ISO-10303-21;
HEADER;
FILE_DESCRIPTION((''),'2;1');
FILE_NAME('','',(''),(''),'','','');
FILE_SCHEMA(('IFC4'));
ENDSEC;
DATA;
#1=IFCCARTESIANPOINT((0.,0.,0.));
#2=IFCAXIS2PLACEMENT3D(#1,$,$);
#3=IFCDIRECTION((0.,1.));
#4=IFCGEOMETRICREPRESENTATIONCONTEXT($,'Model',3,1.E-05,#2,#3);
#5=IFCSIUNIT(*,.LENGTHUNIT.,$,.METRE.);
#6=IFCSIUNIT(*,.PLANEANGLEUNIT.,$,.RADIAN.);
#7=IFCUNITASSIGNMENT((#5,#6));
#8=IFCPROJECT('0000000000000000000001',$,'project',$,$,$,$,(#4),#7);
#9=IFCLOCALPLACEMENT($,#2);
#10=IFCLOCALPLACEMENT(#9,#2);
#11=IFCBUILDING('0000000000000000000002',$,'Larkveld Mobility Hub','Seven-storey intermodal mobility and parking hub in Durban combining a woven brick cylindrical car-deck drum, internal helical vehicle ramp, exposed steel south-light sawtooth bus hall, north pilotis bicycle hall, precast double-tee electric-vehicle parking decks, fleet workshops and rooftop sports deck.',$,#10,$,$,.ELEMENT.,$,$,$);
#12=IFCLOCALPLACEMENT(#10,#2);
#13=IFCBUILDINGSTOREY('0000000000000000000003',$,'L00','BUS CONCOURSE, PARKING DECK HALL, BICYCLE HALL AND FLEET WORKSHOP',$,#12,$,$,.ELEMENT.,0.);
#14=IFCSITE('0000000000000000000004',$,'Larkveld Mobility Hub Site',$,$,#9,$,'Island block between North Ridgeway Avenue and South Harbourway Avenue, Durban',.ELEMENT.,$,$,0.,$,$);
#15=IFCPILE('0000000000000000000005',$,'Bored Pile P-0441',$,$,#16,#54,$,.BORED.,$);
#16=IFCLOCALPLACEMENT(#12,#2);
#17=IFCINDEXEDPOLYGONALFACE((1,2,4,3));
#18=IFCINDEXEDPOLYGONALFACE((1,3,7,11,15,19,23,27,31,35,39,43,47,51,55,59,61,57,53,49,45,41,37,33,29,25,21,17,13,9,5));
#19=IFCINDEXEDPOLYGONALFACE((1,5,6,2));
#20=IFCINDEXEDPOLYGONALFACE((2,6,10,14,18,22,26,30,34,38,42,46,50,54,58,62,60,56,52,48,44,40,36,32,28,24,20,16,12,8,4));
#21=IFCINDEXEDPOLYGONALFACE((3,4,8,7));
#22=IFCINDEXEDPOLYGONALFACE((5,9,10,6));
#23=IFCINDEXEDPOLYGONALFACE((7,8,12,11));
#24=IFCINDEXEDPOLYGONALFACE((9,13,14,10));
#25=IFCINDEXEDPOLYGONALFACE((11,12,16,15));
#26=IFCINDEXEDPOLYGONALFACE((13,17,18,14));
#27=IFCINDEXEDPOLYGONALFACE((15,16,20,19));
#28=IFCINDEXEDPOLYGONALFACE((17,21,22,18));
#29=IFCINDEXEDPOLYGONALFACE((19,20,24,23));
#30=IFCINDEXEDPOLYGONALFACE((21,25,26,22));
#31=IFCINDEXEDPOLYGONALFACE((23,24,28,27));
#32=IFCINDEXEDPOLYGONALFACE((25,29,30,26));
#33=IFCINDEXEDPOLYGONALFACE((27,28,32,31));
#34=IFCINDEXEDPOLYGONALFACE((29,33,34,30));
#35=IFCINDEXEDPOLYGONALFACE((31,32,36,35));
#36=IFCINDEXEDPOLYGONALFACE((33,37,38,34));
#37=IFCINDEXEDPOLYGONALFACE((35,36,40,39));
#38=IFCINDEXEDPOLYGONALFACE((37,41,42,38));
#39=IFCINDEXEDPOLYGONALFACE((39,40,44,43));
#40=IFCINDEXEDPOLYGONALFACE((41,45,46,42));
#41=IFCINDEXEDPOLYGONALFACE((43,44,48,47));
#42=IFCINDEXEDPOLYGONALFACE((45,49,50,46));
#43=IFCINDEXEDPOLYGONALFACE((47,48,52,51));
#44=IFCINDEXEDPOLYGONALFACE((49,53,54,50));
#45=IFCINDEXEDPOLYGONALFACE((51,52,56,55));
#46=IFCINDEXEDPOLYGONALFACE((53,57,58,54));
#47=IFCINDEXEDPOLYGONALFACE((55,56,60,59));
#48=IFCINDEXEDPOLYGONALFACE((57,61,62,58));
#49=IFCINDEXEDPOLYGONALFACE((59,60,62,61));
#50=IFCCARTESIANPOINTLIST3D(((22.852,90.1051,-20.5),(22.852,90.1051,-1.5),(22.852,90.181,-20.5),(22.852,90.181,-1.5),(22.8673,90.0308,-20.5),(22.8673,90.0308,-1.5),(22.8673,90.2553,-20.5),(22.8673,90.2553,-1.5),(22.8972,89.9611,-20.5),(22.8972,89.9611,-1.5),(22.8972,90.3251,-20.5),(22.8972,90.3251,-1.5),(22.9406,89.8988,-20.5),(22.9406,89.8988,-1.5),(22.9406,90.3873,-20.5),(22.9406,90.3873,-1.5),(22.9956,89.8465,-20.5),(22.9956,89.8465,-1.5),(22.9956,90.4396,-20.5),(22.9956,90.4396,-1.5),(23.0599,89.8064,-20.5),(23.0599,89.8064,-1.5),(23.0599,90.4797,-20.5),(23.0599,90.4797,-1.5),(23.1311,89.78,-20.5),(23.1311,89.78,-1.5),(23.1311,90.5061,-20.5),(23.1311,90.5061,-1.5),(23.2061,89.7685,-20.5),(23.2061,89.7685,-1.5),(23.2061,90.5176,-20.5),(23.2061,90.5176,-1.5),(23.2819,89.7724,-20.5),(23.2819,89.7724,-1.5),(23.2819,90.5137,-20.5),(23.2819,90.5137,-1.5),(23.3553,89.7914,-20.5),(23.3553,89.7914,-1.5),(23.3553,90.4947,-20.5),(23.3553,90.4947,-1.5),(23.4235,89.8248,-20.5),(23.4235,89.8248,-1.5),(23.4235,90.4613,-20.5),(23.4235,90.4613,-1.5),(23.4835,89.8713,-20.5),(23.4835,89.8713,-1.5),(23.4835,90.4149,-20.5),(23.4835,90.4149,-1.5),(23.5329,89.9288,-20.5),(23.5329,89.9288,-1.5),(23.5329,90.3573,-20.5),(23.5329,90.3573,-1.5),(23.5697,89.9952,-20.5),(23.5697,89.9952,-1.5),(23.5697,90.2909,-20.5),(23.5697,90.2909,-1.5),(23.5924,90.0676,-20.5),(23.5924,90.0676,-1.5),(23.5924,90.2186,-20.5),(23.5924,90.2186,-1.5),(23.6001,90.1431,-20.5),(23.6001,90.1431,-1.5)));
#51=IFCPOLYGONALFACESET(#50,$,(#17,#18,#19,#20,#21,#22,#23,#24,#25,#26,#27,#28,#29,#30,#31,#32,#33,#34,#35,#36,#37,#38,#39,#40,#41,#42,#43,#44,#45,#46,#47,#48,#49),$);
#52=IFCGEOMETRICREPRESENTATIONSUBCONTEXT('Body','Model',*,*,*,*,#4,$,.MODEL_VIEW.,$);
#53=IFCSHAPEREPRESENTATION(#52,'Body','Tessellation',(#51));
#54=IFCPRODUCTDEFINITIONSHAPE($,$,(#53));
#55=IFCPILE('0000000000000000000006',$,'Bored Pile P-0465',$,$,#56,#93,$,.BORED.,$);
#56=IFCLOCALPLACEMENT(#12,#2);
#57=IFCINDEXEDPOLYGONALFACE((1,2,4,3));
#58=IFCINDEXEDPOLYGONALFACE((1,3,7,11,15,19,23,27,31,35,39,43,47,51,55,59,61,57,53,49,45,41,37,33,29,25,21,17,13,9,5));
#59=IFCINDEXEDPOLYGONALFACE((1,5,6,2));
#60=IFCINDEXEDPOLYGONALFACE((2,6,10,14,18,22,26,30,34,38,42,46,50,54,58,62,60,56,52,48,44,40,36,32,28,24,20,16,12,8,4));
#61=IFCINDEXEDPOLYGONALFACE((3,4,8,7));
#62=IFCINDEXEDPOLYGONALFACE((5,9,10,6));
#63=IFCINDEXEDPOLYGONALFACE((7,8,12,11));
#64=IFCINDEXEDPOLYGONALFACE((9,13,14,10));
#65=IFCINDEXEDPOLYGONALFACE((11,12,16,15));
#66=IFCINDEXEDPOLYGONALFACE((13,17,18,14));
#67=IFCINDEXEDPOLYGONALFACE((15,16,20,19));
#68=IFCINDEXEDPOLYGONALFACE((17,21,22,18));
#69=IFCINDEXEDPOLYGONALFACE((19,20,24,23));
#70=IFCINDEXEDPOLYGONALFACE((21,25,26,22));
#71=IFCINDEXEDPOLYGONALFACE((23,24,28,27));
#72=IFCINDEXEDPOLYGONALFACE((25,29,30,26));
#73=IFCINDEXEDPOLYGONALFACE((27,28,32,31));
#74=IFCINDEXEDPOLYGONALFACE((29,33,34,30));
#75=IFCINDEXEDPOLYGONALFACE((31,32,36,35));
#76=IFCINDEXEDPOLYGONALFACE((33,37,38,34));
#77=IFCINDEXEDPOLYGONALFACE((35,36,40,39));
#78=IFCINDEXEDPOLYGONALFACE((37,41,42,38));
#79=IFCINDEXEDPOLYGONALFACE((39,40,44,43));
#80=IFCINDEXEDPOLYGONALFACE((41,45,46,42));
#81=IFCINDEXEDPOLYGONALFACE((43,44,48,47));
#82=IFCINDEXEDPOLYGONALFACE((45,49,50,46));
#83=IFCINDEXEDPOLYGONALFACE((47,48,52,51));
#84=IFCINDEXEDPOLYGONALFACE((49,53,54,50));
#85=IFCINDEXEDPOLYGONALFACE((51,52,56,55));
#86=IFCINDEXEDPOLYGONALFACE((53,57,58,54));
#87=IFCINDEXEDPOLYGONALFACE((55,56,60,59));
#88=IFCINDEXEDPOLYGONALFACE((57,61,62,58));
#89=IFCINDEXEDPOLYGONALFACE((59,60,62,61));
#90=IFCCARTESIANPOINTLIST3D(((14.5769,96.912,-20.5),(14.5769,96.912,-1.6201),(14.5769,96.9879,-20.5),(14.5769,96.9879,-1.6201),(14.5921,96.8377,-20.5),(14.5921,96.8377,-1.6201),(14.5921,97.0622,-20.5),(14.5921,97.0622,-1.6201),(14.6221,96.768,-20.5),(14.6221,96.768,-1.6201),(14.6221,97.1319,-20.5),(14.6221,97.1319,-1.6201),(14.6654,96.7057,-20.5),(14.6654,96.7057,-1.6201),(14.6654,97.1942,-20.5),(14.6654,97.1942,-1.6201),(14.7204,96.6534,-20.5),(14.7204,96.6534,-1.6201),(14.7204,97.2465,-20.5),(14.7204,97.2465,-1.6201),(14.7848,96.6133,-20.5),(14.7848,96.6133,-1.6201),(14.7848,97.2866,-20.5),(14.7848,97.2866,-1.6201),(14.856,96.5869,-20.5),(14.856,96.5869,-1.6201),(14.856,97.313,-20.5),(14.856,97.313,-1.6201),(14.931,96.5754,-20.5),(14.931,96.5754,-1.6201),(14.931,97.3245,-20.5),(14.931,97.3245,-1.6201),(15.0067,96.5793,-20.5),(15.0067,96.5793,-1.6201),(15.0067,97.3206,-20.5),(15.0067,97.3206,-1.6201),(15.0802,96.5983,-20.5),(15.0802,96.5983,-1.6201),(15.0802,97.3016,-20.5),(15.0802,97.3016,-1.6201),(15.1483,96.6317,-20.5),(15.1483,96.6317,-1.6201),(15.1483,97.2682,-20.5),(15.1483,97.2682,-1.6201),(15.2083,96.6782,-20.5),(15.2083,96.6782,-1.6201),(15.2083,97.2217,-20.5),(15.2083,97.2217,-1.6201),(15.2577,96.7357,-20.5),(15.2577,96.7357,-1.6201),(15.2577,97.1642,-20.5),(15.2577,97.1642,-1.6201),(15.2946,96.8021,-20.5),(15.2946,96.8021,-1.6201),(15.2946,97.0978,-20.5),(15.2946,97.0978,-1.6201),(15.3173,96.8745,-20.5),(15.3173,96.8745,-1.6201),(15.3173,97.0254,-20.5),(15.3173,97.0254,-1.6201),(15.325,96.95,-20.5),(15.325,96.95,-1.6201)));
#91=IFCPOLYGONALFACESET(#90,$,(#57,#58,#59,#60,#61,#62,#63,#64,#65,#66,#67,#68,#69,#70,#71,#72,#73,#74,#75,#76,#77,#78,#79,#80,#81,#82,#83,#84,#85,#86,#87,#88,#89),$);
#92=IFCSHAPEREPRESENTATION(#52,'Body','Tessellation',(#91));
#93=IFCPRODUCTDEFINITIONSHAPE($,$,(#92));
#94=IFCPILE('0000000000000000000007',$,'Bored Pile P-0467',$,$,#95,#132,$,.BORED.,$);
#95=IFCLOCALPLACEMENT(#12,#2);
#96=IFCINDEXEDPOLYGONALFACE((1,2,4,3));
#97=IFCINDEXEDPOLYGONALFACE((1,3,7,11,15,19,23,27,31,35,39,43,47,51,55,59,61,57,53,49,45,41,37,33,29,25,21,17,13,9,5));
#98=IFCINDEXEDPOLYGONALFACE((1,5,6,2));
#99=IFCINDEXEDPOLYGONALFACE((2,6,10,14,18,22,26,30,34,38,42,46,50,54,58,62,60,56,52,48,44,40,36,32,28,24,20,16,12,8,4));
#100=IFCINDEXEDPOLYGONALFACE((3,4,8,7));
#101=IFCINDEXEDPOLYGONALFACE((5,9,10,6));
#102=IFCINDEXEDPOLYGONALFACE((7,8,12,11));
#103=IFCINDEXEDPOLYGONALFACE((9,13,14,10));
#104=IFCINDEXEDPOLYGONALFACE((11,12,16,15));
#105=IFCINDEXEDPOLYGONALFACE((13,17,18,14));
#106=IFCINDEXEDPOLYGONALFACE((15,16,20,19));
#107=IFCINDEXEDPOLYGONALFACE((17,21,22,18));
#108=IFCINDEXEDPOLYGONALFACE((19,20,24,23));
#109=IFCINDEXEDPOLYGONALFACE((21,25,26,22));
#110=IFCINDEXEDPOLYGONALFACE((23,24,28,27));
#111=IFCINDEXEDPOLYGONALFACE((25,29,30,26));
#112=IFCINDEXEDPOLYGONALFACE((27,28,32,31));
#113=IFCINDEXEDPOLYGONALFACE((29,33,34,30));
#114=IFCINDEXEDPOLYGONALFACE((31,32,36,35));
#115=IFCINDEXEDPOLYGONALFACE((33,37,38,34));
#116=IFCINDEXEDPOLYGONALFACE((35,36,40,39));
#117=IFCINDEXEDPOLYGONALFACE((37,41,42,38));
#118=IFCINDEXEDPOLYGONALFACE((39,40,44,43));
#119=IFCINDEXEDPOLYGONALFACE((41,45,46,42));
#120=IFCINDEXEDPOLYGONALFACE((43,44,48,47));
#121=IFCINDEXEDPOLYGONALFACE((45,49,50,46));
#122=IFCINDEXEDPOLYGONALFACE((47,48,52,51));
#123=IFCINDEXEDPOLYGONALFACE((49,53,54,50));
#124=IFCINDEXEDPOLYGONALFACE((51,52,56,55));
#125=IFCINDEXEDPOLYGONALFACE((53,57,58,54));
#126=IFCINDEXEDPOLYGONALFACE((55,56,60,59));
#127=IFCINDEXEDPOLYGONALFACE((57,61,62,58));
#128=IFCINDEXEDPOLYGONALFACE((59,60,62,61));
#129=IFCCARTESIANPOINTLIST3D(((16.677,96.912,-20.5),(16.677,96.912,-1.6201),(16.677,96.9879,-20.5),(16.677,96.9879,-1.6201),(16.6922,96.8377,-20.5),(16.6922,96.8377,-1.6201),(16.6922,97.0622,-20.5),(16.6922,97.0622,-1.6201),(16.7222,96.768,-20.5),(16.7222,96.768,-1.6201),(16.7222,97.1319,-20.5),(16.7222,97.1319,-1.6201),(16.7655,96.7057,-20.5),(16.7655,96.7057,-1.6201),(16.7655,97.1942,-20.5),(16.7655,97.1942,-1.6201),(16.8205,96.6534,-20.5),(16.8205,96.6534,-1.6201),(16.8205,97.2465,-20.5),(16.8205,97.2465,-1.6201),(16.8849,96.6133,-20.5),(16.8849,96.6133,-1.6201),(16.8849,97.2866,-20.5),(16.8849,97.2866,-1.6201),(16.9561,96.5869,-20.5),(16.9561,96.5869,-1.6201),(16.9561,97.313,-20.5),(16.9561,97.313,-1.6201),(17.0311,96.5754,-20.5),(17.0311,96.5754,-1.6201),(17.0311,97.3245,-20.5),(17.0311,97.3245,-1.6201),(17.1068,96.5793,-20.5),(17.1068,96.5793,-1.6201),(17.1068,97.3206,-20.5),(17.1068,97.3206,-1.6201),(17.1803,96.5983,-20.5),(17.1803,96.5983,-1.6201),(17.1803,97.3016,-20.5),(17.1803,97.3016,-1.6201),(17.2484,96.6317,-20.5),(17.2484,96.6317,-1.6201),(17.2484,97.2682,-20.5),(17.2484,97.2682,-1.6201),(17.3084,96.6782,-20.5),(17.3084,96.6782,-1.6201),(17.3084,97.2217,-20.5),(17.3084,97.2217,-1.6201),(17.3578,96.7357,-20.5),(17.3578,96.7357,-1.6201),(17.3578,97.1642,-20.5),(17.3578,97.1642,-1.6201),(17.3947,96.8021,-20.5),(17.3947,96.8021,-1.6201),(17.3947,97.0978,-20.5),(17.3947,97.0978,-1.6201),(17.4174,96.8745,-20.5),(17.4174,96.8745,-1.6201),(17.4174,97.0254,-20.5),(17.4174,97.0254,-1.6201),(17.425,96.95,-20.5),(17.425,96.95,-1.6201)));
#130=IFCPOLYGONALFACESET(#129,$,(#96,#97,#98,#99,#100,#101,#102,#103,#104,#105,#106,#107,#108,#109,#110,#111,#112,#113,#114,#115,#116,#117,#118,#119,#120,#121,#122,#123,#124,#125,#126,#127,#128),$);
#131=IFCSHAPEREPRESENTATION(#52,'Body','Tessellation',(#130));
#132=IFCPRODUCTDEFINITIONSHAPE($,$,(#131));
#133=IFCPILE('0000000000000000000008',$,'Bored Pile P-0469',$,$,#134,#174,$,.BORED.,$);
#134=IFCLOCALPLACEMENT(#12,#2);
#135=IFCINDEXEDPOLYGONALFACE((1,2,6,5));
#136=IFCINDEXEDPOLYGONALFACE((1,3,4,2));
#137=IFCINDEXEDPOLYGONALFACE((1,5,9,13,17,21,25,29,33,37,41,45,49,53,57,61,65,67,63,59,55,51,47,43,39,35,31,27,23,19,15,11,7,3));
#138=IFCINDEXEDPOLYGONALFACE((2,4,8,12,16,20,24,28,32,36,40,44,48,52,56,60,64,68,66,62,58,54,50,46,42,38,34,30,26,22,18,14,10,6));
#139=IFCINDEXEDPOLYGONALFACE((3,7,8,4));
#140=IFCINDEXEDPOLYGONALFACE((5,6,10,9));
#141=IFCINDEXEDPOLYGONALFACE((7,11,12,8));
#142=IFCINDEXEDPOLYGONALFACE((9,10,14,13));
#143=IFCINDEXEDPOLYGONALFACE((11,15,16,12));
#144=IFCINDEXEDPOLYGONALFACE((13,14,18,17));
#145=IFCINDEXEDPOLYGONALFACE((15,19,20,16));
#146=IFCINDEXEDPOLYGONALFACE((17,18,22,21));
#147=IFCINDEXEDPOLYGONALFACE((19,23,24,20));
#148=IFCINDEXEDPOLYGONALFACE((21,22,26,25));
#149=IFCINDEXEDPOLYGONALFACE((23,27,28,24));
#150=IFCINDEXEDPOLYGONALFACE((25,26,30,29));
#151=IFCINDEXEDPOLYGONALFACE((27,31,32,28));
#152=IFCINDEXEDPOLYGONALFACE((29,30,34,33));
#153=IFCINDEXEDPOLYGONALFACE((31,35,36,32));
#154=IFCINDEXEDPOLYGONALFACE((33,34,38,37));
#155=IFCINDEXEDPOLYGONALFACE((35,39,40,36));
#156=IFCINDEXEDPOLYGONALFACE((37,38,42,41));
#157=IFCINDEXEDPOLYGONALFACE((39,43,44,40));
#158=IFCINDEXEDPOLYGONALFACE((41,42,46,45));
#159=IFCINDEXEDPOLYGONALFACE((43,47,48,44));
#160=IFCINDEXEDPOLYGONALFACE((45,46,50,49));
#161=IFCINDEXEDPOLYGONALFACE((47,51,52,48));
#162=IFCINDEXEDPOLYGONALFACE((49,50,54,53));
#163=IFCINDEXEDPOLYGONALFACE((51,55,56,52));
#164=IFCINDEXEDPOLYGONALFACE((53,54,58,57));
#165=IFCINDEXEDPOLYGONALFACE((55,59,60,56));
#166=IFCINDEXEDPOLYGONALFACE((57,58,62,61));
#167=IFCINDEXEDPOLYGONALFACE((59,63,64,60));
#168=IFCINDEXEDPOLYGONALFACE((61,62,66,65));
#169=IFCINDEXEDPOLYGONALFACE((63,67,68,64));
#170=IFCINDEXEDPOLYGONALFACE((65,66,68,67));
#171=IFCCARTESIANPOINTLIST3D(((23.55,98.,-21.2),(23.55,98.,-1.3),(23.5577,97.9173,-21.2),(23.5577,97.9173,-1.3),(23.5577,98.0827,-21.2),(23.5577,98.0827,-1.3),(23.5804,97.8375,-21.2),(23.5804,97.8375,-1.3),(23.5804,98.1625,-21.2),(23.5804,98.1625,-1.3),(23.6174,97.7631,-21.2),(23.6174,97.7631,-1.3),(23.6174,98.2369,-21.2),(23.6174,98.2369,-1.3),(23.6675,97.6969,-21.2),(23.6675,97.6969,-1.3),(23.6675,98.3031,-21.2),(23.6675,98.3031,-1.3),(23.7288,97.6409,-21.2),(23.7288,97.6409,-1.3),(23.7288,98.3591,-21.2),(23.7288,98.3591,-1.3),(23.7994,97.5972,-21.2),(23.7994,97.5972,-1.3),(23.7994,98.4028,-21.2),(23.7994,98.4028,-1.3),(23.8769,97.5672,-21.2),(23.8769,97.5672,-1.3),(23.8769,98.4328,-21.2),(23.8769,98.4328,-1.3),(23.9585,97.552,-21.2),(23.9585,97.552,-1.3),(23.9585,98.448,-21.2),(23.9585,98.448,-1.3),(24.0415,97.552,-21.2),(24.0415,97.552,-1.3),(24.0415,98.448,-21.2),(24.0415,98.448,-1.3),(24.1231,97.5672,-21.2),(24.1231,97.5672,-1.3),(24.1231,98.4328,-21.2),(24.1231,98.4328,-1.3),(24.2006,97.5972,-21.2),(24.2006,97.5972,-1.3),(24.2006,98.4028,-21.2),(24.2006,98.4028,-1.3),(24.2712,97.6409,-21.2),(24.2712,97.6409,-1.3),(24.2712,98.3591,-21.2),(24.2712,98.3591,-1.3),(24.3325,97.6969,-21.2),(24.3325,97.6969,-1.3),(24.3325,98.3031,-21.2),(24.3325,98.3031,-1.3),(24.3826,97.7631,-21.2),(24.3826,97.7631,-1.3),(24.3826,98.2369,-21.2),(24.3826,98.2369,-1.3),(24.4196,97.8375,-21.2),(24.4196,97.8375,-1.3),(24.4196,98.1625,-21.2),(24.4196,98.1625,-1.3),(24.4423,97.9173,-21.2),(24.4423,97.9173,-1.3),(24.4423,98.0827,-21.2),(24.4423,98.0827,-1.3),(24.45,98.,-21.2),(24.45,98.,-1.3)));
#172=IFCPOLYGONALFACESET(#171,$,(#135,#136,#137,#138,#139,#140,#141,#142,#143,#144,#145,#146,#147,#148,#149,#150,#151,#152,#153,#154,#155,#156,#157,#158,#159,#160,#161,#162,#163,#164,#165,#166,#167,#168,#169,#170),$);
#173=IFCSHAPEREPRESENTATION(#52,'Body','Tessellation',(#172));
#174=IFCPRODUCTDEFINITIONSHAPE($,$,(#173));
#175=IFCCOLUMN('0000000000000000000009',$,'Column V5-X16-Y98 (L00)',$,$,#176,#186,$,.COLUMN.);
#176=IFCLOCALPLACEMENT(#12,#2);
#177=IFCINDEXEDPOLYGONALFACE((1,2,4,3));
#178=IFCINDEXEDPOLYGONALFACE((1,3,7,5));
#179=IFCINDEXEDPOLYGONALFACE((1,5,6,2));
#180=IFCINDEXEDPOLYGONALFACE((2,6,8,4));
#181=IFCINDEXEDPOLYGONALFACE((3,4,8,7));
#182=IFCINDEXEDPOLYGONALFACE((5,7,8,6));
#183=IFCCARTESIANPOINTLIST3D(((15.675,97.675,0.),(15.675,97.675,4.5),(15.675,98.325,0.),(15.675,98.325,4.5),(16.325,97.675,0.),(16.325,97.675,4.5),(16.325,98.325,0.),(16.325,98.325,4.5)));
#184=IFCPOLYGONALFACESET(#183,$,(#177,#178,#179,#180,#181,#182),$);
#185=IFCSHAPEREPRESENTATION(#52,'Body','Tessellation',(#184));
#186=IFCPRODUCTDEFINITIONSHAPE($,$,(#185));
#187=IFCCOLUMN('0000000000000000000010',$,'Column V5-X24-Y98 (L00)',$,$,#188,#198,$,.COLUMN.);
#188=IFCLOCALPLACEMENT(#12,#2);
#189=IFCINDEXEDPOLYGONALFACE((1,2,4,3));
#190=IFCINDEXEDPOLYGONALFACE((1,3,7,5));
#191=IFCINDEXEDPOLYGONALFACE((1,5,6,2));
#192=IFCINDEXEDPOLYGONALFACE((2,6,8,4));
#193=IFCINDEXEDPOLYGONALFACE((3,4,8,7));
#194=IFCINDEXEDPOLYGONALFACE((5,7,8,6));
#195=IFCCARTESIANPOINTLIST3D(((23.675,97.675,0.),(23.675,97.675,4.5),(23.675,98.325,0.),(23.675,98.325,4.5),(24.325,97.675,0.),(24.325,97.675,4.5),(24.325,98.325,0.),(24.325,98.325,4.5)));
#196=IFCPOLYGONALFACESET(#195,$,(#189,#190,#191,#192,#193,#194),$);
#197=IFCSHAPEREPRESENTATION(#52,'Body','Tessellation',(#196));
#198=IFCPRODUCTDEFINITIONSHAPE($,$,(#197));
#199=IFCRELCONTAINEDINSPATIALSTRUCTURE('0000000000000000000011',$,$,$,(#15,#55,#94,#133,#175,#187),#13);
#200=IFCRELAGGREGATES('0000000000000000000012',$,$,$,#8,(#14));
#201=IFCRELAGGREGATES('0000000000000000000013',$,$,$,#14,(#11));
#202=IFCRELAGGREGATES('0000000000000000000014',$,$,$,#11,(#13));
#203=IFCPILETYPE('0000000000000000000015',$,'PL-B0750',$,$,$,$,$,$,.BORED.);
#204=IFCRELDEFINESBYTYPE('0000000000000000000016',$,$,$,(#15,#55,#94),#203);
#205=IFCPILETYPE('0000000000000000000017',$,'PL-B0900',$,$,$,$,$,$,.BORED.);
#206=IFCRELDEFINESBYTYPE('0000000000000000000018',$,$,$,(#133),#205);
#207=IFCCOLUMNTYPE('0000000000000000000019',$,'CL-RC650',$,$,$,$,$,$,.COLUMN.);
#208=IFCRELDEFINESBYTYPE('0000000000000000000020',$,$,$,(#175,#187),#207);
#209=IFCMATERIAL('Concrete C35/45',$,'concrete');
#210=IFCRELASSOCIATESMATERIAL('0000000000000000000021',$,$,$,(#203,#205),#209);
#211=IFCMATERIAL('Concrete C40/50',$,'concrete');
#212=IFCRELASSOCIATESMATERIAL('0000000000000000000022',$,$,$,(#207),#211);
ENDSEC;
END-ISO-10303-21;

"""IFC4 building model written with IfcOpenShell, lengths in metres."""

from ifc_helpers import new_model, si_unit, direction, frame, origin, origin_2d, place, context, subcontext, project, spatial, rectangle, circle, extrude, material, material_profile, profile_set, type_object, element, save


model = new_model("IFC4")

# Units and contexts
model_context = context("Model", 3, precision=1e-05, world=origin(), true_north=direction((0.0, 1.0)))
body_context = subcontext(model_context, "Body", "Model", "MODEL_VIEW")
ifc_project = project(units=[si_unit("LENGTHUNIT", "METRE"), si_unit("PLANEANGLEUNIT", "RADIAN")], contexts=[model_context])

# Site, building, storey
site_placement = place(None, origin())
site = spatial("IfcSite", under=ifc_project, at=site_placement, Name="Larkveld Mobility Hub Site", LongName="Island block between North Ridgeway Avenue and South Harbourway Avenue, Durban", CompositionType="ELEMENT", RefElevation=0.0)
building_placement = place(site_placement, origin())
building = spatial("IfcBuilding", under=site, at=building_placement, Name="Larkveld Mobility Hub", Description="Seven-storey intermodal mobility and parking hub in Durban combining a woven brick cylindrical car-deck drum, internal helical vehicle ramp, exposed steel south-light sawtooth bus hall, north pilotis bicycle hall, precast double-tee electric-vehicle parking decks, fleet workshops and rooftop sports deck.", CompositionType="ELEMENT")
storey_placement = place(building_placement, origin())
storey = spatial("IfcBuildingStorey", under=building, at=storey_placement, Name="L00", Description="BUS CONCOURSE, PARKING DECK HALL, BICYCLE HALL AND FLEET WORKSHOP", CompositionType="ELEMENT", Elevation=0.0)

# Shared definitions
ifc_material_1 = material(Name="Concrete C35/45", Category="concrete")

# Piles
ifc_material_profile_1 = material_profile(ifc_material_1, circle(Radius=0.375, at=origin_2d()), Name="PILE D750")
ifc_profile_set_1 = profile_set([ifc_material_profile_1], Name="Concrete C35/45")
pile_type_1 = type_object("IfcPileType", Name="PL-B0750", PredefinedType="BORED", material=ifc_profile_set_1)
for number, where, z_axis, x_axis, name in (
    (1, (23.2251, 90.1431, -1.5), (0.0, 0.0, -1.0), (1.0, 0.0, 0.0), "Bored Pile P-0441"),
):
    element("IfcPile", number, at=place(storey_placement, frame(where, z_axis=z_axis, x_axis=x_axis)), inside=storey, type_object=pile_type_1, Name=name, PredefinedType="BORED", context=body_context, shape_type="SweptSolid", body=[
        extrude(circle(Radius=0.375, at=origin_2d()), origin(), (0.0, 0.0, 1.0), 19.0),
    ])
for number, where, z_axis, x_axis, name in (
    (2, (14.95, 96.95, -1.6201), (0.0, 0.0, -1.0), (1.0, 0.0, 0.0), "Bored Pile P-0465"),
    (3, (17.05, 96.95, -1.6201), (0.0, 0.0, -1.0), (1.0, 0.0, 0.0), "Bored Pile P-0467"),
):
    element("IfcPile", number, at=place(storey_placement, frame(where, z_axis=z_axis, x_axis=x_axis)), inside=storey, type_object=pile_type_1, Name=name, PredefinedType="BORED", context=body_context, shape_type="SweptSolid", body=[
        extrude(circle(Radius=0.375, at=origin_2d()), origin(), (0.0, 0.0, 1.0), 18.8799),
    ])
ifc_material_profile_2 = material_profile(ifc_material_1, circle(Radius=0.45, at=origin_2d()), Name="PILE D900")
ifc_profile_set_2 = profile_set([ifc_material_profile_2], Name="Concrete C35/45")
pile_type_2 = type_object("IfcPileType", Name="PL-B0900", PredefinedType="BORED", material=ifc_profile_set_2)
pile_placement = place(storey_placement, frame((24.0, 98.0, -1.3), z_axis=(0.0, 0.0, -1.0), x_axis=(1.0, 0.0, 0.0)))
element("IfcPile", 4, at=pile_placement, inside=storey, type_object=pile_type_2, Name="Bored Pile P-0469", PredefinedType="BORED", context=body_context, shape_type="SweptSolid", body=[
    extrude(circle(Radius=0.45, at=origin_2d()), origin(), (0.0, 0.0, 1.0), 19.8999),
])

# Columns
ifc_material_2 = material(Name="Concrete C40/50", Category="concrete")
ifc_material_profile_3 = material_profile(ifc_material_2, rectangle(XDim=0.6499, YDim=0.6499, at=origin_2d()), Name="RC COL 650x650")
ifc_profile_set_3 = profile_set([ifc_material_profile_3], Name="Concrete C40/50")
column_type = type_object("IfcColumnType", Name="CL-RC650", PredefinedType="COLUMN", material=ifc_profile_set_3)
for number, where, z_axis, x_axis, name in (
    (5, (16.0, 98.0, 0.0), (0.0, 0.0, 1.0), (1.0, 0.0, 0.0), "Column V5-X16-Y98 (L00)"),
    (6, (24.0, 98.0, 0.0), (0.0, 0.0, 1.0), (1.0, 0.0, 0.0), "Column V5-X24-Y98 (L00)"),
):
    element("IfcColumn", number, at=place(storey_placement, frame(where, z_axis=z_axis, x_axis=x_axis)), inside=storey, type_object=column_type, Name=name, PredefinedType="COLUMN", context=body_context, shape_type="SweptSolid", body=[
        extrude(rectangle(XDim=0.6499, YDim=0.6499, at=origin_2d()), origin(), (0.0, 0.0, 1.0), 4.5),
    ])

save(model, "model.ifc")
